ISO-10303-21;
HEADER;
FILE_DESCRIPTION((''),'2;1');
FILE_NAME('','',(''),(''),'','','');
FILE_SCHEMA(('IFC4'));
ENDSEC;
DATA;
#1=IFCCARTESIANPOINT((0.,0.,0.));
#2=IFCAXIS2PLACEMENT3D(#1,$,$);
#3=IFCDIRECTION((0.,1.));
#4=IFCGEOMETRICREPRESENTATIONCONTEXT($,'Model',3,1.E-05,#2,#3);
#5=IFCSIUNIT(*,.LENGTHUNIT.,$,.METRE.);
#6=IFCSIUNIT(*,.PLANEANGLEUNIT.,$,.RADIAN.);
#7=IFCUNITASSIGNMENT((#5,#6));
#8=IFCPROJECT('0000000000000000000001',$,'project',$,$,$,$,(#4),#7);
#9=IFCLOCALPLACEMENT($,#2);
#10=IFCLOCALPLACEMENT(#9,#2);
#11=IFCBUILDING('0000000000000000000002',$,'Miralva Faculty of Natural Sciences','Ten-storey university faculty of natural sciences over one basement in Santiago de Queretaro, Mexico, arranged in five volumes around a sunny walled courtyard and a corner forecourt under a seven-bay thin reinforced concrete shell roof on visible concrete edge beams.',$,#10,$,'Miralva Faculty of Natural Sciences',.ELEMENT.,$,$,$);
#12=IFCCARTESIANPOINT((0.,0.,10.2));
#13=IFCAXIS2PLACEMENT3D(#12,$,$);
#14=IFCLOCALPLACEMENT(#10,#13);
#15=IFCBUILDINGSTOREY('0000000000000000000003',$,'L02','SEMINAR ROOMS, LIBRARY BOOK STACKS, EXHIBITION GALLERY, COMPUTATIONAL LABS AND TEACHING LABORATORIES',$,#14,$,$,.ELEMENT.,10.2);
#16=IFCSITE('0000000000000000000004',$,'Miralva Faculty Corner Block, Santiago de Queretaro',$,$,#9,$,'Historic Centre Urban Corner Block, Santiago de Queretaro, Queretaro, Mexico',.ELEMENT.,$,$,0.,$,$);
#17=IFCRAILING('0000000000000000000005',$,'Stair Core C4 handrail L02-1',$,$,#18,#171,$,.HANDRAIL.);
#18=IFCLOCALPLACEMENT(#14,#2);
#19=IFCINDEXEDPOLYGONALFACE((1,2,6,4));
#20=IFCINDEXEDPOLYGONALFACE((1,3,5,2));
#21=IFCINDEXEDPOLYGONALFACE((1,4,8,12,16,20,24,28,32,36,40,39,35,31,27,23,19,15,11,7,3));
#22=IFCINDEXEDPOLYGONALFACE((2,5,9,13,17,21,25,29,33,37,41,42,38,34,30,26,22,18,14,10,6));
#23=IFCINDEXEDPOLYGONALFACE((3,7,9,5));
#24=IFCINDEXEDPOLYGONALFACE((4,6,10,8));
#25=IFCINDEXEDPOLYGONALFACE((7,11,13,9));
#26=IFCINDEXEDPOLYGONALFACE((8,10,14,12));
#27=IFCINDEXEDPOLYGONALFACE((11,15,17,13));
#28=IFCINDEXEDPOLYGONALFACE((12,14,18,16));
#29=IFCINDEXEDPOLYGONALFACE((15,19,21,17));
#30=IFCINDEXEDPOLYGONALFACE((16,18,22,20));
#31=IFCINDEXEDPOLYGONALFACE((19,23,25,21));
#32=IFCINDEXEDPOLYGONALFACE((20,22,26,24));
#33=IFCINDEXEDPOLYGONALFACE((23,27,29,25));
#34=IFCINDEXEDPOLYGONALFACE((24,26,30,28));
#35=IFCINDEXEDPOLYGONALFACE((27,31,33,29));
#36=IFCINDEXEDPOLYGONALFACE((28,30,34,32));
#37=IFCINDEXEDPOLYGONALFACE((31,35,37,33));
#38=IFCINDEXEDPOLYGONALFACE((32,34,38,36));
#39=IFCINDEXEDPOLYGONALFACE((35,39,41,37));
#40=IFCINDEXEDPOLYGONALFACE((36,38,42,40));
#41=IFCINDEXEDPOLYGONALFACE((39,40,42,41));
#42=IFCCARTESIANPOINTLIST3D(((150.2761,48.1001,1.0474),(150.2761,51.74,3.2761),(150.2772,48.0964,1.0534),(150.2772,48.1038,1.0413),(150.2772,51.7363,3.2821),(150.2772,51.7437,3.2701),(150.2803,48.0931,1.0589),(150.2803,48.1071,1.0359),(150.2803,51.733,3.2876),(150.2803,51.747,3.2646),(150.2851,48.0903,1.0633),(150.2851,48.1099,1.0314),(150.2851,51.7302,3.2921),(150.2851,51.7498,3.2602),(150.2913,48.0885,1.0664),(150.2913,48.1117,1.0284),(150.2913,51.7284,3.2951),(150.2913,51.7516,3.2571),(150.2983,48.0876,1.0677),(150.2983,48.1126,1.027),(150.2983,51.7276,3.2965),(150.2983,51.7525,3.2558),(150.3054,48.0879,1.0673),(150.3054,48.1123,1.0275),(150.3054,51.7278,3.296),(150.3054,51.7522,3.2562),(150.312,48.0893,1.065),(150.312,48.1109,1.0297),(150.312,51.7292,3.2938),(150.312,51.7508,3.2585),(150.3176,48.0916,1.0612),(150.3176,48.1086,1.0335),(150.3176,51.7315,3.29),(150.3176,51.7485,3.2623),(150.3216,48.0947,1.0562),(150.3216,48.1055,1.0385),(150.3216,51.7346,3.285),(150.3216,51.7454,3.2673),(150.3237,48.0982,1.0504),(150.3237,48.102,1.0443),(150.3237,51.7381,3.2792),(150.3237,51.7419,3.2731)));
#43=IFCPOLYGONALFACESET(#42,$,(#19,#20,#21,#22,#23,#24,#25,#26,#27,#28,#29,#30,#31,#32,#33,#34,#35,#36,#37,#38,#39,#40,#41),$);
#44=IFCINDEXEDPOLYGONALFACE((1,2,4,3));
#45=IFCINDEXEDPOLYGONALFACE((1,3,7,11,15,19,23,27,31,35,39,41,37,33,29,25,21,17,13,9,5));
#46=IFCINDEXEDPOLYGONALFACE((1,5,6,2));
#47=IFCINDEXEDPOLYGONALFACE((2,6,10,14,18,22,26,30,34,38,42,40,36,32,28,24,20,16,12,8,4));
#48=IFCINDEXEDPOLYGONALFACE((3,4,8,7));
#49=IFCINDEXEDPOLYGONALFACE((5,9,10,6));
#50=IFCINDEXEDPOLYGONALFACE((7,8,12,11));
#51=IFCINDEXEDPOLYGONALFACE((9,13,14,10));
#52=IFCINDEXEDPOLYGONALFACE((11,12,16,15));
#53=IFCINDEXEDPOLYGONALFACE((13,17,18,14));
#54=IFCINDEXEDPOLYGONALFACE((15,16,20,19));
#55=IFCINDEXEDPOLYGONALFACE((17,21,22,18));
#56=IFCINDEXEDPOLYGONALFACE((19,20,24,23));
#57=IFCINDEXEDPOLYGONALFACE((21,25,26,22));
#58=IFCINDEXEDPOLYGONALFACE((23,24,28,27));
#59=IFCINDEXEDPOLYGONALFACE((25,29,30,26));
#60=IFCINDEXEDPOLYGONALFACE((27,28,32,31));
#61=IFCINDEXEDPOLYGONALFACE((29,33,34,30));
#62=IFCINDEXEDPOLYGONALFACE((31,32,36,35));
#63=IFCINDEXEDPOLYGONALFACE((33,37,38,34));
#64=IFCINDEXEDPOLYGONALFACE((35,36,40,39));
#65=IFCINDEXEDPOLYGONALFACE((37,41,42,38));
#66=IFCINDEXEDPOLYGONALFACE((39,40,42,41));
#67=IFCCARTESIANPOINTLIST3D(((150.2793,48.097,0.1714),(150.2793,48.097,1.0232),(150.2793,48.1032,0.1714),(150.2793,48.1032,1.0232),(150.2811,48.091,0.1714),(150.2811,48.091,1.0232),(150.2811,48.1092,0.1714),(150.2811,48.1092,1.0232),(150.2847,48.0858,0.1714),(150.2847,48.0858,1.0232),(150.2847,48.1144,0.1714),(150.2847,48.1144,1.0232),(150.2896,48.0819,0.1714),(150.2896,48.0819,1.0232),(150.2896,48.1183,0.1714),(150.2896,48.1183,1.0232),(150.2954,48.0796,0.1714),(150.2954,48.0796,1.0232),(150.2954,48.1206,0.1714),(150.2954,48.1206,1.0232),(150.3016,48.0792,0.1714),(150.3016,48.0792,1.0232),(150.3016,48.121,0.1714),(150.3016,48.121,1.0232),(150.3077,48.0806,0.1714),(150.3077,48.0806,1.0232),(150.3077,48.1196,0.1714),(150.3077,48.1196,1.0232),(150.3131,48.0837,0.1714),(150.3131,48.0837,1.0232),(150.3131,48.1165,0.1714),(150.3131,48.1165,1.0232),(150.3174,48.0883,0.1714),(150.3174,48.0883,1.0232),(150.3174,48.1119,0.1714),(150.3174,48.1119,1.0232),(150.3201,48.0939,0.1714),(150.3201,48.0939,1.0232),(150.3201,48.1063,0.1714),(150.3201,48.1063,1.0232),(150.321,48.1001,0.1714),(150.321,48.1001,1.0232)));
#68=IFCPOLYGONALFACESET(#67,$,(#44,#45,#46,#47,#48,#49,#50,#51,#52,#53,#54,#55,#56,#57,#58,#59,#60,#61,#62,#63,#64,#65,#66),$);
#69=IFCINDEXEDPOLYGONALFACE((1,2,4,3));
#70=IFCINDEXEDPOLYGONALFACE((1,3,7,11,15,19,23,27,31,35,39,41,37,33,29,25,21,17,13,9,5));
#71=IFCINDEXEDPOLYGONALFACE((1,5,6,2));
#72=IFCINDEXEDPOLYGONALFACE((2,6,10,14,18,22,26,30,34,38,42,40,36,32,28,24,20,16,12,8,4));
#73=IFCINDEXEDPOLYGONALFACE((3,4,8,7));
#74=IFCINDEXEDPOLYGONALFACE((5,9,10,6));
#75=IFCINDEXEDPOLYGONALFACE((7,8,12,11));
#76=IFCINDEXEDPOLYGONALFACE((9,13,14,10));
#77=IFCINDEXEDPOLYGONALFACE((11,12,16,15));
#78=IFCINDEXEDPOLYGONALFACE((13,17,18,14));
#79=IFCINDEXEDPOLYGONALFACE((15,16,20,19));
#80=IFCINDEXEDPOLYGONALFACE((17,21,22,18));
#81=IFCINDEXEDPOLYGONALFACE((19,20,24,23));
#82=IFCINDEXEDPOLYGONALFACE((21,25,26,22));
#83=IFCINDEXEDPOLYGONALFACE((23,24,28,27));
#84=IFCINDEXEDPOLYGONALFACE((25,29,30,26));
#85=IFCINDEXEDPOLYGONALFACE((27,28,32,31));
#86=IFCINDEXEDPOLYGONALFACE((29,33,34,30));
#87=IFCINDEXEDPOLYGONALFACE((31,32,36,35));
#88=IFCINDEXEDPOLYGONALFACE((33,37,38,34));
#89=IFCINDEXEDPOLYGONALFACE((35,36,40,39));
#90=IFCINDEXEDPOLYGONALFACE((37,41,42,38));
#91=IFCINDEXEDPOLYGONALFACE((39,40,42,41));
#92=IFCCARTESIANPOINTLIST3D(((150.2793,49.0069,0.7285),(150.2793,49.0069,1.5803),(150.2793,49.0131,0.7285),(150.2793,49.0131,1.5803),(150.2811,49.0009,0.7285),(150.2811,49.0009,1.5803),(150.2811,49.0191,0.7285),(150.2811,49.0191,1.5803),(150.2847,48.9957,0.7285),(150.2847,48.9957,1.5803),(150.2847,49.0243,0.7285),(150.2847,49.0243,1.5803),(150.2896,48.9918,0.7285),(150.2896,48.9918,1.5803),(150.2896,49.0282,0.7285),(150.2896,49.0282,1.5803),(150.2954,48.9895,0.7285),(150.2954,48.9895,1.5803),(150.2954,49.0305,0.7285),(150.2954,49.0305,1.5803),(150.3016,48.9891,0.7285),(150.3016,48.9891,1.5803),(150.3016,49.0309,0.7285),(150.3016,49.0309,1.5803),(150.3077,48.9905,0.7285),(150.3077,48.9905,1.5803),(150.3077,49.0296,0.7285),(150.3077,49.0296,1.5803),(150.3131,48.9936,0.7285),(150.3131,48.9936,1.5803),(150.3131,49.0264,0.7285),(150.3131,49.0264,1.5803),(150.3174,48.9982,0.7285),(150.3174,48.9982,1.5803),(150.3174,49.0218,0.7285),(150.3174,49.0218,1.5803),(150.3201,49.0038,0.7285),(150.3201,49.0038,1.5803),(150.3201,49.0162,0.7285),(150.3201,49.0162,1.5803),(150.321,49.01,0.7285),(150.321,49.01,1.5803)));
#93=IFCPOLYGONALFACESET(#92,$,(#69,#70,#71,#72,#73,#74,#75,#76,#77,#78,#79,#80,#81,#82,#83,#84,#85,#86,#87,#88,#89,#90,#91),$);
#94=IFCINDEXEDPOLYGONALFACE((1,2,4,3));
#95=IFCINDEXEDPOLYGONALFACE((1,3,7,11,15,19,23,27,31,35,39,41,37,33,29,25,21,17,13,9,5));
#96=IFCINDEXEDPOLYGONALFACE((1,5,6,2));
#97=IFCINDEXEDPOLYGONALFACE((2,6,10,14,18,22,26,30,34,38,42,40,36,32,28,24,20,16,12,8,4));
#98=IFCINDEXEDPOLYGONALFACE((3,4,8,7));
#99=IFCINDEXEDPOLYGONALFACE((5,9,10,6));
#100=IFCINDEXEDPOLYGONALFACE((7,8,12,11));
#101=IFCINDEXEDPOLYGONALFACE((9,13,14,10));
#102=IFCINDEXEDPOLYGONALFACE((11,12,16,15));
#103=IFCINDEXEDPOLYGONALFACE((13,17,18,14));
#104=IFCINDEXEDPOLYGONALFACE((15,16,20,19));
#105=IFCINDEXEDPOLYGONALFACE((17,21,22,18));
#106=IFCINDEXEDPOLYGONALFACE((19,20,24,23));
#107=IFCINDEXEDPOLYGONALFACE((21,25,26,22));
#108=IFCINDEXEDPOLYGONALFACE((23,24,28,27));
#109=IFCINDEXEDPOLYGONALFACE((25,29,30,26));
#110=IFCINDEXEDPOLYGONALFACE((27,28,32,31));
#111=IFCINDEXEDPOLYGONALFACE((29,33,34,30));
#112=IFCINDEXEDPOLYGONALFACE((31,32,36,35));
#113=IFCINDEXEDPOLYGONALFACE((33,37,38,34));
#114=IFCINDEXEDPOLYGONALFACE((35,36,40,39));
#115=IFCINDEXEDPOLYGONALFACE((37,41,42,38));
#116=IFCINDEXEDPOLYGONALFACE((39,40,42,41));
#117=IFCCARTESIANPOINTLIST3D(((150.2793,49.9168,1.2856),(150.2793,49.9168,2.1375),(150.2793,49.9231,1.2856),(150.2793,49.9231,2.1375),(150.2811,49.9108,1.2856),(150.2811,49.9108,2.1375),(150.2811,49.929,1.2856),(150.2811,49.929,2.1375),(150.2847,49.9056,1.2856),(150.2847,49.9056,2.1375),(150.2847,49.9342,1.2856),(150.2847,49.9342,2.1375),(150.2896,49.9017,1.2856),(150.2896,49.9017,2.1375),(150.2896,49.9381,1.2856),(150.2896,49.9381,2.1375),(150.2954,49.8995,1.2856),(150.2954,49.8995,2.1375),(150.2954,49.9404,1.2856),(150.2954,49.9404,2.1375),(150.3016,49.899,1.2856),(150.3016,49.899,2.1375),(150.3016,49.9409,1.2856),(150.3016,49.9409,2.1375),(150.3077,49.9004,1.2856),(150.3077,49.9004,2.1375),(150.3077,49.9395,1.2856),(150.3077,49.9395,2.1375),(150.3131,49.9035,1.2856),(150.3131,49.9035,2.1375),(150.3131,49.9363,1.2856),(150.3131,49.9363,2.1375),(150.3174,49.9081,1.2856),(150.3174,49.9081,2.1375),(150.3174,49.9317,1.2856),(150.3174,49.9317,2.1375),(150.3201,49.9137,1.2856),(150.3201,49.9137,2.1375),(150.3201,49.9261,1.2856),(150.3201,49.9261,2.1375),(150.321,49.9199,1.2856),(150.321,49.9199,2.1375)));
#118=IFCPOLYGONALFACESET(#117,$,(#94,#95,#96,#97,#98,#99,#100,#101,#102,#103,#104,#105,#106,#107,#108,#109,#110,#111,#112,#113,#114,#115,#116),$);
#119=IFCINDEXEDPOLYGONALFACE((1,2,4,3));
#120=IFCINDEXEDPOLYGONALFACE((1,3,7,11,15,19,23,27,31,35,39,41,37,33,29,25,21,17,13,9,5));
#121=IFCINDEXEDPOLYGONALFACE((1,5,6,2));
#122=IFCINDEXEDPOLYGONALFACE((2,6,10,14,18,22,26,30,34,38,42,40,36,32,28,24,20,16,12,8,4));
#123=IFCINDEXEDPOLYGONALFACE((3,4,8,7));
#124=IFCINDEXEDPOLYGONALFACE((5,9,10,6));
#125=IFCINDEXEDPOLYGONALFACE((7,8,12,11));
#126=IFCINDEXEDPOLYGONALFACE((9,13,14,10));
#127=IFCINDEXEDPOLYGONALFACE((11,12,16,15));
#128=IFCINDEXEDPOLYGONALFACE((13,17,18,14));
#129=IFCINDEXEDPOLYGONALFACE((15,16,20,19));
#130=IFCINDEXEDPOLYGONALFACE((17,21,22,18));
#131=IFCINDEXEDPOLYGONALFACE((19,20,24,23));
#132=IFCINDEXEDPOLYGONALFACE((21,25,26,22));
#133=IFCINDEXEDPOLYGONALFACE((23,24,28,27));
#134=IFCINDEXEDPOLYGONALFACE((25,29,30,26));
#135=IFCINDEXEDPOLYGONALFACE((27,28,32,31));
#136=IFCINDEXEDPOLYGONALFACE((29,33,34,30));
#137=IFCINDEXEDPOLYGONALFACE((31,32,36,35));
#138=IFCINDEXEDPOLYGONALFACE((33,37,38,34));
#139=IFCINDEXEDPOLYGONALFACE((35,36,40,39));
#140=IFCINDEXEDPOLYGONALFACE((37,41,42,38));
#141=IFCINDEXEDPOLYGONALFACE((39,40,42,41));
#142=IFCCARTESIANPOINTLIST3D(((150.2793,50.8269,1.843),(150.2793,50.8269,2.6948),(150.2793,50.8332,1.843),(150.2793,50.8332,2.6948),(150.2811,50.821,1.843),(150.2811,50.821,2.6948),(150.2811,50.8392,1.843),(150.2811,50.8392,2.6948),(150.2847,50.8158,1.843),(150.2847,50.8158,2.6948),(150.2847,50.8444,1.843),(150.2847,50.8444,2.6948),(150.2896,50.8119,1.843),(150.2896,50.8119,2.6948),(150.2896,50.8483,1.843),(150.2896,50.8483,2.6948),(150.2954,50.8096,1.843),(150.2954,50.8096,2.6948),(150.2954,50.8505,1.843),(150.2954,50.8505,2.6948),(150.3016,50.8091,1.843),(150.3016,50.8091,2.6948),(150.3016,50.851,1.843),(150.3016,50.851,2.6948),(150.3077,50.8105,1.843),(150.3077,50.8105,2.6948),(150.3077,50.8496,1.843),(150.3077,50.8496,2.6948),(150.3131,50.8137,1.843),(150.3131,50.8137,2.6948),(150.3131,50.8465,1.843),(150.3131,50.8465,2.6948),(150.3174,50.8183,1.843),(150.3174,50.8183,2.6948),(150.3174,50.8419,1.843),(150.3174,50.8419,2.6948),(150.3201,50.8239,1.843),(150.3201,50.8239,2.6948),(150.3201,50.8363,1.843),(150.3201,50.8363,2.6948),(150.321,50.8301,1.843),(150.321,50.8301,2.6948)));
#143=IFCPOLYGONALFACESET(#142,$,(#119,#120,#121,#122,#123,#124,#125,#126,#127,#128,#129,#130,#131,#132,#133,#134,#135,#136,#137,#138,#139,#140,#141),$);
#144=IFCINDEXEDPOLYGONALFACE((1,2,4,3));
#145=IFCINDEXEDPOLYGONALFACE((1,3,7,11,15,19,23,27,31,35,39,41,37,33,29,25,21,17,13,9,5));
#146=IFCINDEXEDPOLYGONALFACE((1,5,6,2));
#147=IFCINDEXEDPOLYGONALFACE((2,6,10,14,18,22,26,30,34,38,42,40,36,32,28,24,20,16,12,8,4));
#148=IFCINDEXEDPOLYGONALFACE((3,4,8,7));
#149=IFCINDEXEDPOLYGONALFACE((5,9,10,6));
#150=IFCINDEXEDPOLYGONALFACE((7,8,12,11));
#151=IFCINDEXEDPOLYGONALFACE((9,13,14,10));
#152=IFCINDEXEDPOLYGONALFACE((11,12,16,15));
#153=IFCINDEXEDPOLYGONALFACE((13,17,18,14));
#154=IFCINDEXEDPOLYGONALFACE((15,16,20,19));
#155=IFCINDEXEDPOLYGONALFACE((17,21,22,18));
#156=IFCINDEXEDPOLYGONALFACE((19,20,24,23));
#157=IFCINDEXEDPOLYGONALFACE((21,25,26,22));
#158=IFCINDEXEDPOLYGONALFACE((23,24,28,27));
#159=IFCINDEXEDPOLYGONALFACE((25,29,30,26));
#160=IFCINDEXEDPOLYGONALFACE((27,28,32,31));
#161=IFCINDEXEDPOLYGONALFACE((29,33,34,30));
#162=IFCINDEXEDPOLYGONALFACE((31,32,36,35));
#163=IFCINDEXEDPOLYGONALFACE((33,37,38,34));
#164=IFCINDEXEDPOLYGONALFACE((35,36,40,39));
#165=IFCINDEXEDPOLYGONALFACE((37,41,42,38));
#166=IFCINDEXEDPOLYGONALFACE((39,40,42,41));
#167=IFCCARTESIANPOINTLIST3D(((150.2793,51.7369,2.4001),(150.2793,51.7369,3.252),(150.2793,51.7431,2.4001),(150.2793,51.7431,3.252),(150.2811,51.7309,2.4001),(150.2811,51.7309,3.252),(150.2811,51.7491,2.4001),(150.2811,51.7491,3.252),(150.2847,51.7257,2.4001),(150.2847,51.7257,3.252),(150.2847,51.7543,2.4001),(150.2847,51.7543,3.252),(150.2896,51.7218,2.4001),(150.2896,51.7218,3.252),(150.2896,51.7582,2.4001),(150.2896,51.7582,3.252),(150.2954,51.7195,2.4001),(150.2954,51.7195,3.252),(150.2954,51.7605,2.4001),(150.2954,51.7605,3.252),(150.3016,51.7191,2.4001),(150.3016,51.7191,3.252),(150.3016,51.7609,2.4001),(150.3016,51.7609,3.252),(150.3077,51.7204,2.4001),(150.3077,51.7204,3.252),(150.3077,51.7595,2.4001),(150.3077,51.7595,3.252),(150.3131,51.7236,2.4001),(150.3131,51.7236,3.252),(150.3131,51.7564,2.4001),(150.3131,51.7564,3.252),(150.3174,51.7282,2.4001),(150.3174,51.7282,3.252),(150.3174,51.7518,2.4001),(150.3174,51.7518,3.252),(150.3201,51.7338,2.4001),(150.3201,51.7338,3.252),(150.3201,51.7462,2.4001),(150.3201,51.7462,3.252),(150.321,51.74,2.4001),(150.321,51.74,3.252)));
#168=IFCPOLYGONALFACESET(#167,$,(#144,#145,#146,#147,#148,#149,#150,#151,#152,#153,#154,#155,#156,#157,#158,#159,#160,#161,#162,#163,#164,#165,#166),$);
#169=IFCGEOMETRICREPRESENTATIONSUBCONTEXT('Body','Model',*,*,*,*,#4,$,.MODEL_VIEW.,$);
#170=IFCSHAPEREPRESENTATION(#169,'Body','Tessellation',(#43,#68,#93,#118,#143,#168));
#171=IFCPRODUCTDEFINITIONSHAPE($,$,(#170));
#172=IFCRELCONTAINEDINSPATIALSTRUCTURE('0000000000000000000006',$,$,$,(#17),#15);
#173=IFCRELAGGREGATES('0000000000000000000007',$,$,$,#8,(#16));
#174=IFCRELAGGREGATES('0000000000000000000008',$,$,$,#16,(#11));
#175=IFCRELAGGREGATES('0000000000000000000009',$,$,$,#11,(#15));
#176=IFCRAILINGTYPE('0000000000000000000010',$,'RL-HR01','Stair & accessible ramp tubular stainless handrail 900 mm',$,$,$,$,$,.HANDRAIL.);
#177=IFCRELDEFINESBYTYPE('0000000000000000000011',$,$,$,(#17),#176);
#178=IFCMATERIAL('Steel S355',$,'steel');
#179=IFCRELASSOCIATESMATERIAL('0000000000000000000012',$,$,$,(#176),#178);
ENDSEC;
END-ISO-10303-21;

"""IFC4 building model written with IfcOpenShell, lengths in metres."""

from ifc_helpers import new_model, si_unit, direction, frame, origin, origin_2d, place, context, subcontext, project, spatial, circle, extrude, material, type_object, element, save


model = new_model("IFC4")

# Units and contexts
model_context = context("Model", 3, precision=1e-05, world=origin(), true_north=direction((0.0, 1.0)))
body_context = subcontext(model_context, "Body", "Model", "MODEL_VIEW")
ifc_project = project(units=[si_unit("LENGTHUNIT", "METRE"), si_unit("PLANEANGLEUNIT", "RADIAN")], contexts=[model_context])

# Site, building, storey
site_placement = place(None, origin())
site = spatial("IfcSite", under=ifc_project, at=site_placement, Name="Miralva Faculty Corner Block, Santiago de Queretaro", LongName="Historic Centre Urban Corner Block, Santiago de Queretaro, Queretaro, Mexico", CompositionType="ELEMENT", RefElevation=0.0)
building_placement = place(site_placement, origin())
building = spatial("IfcBuilding", under=site, at=building_placement, Name="Miralva Faculty of Natural Sciences", Description="Ten-storey university faculty of natural sciences over one basement in Santiago de Queretaro, Mexico, arranged in five volumes around a sunny walled courtyard and a corner forecourt under a seven-bay thin reinforced concrete shell roof on visible concrete edge beams.", LongName="Miralva Faculty of Natural Sciences", CompositionType="ELEMENT")
storey_placement = place(building_placement, frame((0.0, 0.0, 10.2)))
storey = spatial("IfcBuildingStorey", under=building, at=storey_placement, Name="L02", Description="SEMINAR ROOMS, LIBRARY BOOK STACKS, EXHIBITION GALLERY, COMPUTATIONAL LABS AND TEACHING LABORATORIES", CompositionType="ELEMENT", Elevation=10.2)

# Railing
ifc_material_1 = material(Name="Steel S355", Category="steel")
railing_type_1 = type_object("IfcRailingType", Name="RL-HR01", Description="Stair & accessible ramp tubular stainless handrail 900 mm", PredefinedType="HANDRAIL", material=ifc_material_1)
railing_1_placement = place(storey_placement, frame((150.3, 48.1001, 0.1714)))
element("IfcRailing", 1, at=railing_1_placement, inside=storey, type_object=railing_type_1, Name="Stair Core C4 handrail L02-1", PredefinedType="HANDRAIL", context=body_context, shape_type="SweptSolid", body=[
    extrude(circle(Radius=0.0239, at=origin_2d()), frame((0.0, 0.0, 0.876), z_axis=(0.0, 0.852825, 0.522197), x_axis=(-1.0, 0.0, 0.0)), (0.0, 0.0, 1.0), 4.2681),
    extrude(circle(Radius=0.021, at=origin_2d()), origin(), (0.0, 0.0, 1.0), 0.8518),
    extrude(circle(Radius=0.021, at=origin_2d()), frame((0.0, 0.9099, 0.5571)), (0.0, 0.0, 1.0), 0.8518),
    extrude(circle(Radius=0.021, at=origin_2d()), frame((0.0, 1.8198, 1.1143)), (0.0, 0.0, 1.0), 0.8518),
    extrude(circle(Radius=0.021, at=origin_2d()), frame((0.0, 2.73, 1.6716)), (0.0, 0.0, 1.0), 0.8518),
    extrude(circle(Radius=0.021, at=origin_2d()), frame((0.0, 3.6399, 2.2288)), (0.0, 0.0, 1.0), 0.8518),
])

save(model, "model.ifc")
